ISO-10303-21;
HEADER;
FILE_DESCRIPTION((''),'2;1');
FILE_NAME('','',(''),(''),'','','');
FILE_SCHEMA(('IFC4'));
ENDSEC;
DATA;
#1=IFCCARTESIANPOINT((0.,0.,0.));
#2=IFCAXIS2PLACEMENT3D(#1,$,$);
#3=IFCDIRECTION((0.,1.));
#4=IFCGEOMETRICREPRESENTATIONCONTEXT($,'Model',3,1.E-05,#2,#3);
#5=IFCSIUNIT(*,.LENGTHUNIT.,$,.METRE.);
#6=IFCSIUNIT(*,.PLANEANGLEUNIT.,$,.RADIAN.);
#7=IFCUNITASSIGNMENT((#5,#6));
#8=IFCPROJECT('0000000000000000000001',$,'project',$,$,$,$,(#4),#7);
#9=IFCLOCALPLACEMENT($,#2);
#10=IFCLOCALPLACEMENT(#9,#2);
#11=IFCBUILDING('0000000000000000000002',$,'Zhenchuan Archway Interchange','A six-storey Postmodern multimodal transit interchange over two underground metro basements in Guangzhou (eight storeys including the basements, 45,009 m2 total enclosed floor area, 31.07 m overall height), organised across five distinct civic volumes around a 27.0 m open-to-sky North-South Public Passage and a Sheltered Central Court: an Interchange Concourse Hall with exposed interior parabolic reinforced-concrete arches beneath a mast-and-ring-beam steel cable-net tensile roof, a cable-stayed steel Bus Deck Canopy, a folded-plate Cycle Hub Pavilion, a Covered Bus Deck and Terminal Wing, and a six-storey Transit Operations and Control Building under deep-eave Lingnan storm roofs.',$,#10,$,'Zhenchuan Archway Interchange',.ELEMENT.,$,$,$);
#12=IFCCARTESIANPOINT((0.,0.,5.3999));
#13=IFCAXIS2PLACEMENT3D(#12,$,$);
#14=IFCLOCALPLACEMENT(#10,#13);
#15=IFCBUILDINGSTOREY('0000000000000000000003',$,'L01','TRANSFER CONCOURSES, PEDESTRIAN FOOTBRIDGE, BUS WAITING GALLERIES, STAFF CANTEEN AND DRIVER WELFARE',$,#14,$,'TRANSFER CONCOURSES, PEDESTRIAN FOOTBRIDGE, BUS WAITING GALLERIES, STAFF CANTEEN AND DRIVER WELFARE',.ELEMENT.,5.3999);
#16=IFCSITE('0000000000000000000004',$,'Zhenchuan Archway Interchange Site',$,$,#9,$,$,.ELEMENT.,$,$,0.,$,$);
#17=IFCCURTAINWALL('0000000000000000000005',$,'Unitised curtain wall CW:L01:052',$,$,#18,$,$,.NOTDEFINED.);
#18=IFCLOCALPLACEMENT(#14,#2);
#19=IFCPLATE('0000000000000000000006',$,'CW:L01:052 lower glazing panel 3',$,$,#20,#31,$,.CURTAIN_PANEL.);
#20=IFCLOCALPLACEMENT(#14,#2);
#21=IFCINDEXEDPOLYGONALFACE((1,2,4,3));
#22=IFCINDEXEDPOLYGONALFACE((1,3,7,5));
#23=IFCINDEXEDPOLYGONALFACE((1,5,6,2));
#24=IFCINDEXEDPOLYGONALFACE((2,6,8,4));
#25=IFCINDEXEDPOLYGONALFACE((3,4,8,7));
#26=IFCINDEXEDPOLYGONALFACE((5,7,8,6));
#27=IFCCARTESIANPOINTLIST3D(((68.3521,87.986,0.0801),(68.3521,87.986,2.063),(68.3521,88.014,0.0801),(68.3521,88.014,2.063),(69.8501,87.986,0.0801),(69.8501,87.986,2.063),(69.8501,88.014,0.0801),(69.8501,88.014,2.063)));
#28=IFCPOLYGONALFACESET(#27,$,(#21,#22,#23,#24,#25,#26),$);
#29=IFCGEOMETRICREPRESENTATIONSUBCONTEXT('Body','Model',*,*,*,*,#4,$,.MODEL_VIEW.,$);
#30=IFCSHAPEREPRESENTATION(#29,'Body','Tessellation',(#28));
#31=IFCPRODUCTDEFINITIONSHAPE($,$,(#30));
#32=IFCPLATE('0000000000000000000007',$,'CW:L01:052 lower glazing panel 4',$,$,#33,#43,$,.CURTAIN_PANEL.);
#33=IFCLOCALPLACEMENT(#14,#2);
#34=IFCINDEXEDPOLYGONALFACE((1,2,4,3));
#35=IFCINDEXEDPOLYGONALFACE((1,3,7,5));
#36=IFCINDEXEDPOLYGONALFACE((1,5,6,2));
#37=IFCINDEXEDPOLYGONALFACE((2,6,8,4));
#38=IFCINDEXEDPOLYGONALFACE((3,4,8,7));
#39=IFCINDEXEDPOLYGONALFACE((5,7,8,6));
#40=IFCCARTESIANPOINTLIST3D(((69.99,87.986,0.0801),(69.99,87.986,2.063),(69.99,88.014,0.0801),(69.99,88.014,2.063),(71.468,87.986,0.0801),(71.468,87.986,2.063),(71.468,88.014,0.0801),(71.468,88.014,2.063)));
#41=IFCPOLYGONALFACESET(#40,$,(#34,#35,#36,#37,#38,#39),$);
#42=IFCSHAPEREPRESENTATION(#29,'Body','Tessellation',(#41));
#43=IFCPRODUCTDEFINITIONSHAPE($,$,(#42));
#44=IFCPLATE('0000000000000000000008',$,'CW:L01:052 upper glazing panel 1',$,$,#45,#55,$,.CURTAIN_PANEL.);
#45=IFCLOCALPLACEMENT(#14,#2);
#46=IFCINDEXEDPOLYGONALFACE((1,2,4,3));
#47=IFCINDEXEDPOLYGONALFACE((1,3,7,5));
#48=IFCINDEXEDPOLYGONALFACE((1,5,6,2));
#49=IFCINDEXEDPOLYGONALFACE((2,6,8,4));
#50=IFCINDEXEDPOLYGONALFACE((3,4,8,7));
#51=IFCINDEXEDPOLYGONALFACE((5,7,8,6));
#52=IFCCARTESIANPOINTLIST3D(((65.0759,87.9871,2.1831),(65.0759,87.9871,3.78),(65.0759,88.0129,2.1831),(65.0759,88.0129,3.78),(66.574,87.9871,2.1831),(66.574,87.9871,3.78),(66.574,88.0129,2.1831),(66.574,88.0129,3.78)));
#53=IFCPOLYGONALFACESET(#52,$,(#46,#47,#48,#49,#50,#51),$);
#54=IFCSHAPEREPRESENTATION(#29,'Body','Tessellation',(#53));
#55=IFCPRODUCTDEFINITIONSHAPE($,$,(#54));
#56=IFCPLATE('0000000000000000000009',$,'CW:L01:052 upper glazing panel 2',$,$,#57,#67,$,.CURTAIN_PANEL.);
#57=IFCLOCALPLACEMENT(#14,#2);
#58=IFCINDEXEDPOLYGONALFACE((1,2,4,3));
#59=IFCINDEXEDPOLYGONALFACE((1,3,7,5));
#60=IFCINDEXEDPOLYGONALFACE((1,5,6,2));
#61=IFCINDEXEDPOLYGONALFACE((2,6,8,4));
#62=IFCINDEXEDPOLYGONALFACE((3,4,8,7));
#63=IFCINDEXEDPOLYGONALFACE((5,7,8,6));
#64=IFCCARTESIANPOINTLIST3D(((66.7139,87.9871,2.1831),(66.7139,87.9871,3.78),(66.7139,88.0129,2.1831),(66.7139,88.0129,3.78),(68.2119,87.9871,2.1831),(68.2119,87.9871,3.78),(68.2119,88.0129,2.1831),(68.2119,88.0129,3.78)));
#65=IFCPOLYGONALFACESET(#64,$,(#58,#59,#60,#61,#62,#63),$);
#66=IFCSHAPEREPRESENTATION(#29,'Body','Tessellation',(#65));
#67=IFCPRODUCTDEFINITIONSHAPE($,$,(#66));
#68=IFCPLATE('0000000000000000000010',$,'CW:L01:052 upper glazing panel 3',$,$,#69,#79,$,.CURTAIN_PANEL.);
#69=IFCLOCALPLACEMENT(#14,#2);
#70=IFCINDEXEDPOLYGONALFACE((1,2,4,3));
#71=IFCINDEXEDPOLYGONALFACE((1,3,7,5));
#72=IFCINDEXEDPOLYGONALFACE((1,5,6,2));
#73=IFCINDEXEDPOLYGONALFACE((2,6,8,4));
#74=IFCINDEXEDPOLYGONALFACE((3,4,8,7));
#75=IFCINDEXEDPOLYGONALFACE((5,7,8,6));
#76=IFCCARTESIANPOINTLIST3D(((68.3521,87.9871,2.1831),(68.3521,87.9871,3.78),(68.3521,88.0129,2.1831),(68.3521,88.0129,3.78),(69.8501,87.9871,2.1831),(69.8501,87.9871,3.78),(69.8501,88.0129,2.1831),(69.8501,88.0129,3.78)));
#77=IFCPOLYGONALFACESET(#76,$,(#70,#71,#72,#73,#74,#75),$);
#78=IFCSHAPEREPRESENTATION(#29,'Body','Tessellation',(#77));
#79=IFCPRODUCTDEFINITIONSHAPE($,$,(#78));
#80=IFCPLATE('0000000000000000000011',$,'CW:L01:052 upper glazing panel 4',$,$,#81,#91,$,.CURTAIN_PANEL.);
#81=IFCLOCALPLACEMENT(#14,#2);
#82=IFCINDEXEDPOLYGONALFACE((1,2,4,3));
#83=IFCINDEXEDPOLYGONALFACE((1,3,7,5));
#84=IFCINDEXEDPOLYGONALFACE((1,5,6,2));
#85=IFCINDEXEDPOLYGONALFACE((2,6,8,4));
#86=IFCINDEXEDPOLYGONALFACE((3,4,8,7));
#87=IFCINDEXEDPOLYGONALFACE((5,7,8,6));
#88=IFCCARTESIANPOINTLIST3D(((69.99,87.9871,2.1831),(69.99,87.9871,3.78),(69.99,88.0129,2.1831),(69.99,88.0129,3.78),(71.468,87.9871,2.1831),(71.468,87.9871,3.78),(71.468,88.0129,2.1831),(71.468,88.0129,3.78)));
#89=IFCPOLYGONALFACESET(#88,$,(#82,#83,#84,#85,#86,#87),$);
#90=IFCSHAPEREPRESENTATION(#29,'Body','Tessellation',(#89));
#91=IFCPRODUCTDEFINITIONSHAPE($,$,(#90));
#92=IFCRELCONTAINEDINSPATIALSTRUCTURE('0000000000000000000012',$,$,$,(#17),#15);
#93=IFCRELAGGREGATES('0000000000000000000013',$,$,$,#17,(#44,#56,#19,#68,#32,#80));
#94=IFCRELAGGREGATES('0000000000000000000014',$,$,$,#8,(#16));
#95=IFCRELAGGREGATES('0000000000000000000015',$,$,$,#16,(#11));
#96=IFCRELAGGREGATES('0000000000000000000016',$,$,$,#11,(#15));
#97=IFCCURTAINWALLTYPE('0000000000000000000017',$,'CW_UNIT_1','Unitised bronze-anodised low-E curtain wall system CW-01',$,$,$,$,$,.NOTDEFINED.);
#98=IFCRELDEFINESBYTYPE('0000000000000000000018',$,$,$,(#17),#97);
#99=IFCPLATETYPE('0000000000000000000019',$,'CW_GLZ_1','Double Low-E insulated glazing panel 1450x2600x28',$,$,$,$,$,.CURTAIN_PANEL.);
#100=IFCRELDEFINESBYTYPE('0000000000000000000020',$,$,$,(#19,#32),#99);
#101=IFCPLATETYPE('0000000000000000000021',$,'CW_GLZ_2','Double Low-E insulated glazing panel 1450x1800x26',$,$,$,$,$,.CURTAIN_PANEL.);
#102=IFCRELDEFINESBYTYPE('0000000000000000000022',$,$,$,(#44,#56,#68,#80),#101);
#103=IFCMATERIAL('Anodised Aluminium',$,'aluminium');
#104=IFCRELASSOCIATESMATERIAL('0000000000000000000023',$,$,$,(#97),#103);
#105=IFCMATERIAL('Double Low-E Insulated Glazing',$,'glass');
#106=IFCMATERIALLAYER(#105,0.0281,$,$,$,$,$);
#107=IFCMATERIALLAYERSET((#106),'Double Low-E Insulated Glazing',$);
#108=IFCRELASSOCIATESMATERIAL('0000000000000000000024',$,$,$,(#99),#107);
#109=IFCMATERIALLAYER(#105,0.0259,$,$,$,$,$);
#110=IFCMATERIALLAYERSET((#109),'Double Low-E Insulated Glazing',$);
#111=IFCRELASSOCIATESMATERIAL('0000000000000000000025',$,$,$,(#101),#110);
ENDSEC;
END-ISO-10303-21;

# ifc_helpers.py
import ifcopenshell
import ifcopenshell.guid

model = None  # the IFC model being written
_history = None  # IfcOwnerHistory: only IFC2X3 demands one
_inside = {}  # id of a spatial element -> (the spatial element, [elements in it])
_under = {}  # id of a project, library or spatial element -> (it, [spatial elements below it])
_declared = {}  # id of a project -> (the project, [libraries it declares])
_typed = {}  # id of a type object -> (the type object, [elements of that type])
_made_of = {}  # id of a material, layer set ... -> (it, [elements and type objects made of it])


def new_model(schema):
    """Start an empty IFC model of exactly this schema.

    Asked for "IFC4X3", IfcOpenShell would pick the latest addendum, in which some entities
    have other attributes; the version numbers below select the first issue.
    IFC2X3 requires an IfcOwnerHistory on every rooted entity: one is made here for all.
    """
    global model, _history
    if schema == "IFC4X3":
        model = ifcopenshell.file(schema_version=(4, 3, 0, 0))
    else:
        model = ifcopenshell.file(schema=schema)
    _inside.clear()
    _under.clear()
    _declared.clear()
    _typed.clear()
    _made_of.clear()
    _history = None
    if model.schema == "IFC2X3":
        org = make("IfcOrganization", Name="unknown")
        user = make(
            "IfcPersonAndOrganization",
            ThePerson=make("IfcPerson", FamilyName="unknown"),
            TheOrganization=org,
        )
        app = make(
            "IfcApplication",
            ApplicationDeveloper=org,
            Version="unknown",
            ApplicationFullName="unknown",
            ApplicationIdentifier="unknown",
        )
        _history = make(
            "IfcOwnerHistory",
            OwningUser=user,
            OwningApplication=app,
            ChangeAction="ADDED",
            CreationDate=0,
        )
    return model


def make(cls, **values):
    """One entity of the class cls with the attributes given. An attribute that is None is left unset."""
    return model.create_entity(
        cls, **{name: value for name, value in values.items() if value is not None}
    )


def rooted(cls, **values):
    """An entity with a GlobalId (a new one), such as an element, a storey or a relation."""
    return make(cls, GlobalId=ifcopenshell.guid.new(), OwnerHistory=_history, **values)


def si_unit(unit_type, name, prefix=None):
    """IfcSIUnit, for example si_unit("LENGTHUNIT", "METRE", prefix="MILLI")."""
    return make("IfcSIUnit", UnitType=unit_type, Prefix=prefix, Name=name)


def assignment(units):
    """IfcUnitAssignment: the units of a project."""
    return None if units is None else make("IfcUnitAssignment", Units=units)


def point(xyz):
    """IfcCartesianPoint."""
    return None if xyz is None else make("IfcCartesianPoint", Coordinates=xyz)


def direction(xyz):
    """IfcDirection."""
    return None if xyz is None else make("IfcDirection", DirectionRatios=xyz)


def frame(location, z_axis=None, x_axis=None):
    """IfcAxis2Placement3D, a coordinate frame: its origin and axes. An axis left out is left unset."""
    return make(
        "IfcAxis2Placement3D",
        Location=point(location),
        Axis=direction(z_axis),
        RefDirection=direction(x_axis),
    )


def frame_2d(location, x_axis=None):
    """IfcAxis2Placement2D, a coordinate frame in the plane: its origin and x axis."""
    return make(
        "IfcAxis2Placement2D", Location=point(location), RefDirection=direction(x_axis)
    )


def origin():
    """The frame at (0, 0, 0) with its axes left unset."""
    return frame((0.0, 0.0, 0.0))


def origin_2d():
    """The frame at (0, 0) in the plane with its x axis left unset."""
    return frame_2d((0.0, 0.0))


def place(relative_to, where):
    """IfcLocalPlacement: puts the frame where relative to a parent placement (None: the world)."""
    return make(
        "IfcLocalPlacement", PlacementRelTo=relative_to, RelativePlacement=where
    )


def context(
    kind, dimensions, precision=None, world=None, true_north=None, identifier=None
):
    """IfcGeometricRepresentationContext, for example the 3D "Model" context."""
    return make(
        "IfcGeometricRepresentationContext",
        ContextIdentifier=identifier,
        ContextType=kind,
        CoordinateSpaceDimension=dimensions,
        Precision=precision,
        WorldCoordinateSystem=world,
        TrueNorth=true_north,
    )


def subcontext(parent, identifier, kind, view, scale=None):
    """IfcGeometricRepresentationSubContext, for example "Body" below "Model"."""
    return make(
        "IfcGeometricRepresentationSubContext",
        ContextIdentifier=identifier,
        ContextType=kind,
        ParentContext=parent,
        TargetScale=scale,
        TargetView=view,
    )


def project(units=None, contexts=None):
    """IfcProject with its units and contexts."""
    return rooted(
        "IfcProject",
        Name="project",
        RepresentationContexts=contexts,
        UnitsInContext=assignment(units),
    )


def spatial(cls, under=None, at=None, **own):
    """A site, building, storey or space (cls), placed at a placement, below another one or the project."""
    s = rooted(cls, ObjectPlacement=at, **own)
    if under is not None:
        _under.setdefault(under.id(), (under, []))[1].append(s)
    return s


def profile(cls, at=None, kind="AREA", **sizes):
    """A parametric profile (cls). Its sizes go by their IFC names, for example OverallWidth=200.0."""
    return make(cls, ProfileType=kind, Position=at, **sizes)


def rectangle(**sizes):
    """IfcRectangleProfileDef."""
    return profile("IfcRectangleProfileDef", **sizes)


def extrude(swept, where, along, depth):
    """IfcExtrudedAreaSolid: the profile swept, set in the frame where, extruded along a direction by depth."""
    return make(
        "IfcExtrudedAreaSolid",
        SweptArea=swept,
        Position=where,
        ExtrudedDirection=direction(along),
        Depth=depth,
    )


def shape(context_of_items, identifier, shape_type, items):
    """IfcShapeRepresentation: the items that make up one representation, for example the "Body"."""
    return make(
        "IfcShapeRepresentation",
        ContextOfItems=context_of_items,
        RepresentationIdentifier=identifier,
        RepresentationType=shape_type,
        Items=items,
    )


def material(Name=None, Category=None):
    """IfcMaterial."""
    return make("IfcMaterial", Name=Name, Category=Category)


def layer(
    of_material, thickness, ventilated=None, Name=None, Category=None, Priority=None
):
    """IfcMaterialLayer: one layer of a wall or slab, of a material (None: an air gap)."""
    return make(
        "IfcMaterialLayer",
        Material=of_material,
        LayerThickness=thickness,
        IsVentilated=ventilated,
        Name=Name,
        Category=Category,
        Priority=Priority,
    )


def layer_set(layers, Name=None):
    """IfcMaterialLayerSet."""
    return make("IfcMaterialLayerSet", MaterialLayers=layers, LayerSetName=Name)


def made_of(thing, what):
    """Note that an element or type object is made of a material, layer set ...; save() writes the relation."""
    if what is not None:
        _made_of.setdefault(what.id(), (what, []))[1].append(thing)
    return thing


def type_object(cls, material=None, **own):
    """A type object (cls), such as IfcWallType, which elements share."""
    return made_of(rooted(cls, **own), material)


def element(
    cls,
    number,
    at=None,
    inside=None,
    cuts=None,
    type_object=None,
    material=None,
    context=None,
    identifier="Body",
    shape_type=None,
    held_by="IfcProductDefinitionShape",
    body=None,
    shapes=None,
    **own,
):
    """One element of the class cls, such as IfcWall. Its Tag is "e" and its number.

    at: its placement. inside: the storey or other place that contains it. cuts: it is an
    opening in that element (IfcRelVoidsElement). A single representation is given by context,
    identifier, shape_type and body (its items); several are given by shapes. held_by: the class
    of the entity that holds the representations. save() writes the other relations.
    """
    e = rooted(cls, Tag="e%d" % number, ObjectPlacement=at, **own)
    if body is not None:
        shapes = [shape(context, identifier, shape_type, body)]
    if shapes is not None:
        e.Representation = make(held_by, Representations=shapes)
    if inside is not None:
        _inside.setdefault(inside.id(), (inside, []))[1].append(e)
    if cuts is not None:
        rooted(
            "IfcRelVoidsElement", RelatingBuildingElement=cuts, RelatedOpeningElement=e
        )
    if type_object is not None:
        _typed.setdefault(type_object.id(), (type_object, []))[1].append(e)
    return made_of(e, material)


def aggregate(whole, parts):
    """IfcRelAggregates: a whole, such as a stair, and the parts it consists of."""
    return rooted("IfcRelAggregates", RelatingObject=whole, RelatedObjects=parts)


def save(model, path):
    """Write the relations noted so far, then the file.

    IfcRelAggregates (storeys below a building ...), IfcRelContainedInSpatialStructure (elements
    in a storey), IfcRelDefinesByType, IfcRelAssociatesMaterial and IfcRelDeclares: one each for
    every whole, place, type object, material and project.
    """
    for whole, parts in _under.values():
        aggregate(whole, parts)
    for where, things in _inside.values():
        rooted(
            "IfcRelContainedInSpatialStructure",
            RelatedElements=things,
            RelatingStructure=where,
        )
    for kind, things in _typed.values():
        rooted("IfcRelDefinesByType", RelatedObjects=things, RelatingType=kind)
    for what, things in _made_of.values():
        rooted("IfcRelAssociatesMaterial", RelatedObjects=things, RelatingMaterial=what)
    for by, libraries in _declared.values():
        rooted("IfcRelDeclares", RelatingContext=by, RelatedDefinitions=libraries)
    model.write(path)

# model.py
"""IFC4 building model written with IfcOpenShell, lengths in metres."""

from ifc_helpers import new_model, si_unit, direction, frame, origin, origin_2d, place, context, subcontext, project, spatial, rectangle, extrude, material, layer, layer_set, type_object, element, aggregate, save


model = new_model("IFC4")

# Units and contexts
model_context = context("Model", 3, precision=1e-05, world=origin(), true_north=direction((0.0, 1.0)))
body_context = subcontext(model_context, "Body", "Model", "MODEL_VIEW")
ifc_project = project(units=[si_unit("LENGTHUNIT", "METRE"), si_unit("PLANEANGLEUNIT", "RADIAN")], contexts=[model_context])

# Site, building, storey
site_placement = place(None, origin())
site = spatial("IfcSite", under=ifc_project, at=site_placement, Name="Zhenchuan Archway Interchange Site", CompositionType="ELEMENT", RefElevation=0.0)
building_placement = place(site_placement, origin())
building = spatial("IfcBuilding", under=site, at=building_placement, Name="Zhenchuan Archway Interchange", Description="A six-storey Postmodern multimodal transit interchange over two underground metro basements in Guangzhou (eight storeys including the basements, 45,009 m2 total enclosed floor area, 31.07 m overall height), organised across five distinct civic volumes around a 27.0 m open-to-sky North-South Public Passage and a Sheltered Central Court: an Interchange Concourse Hall with exposed interior parabolic reinforced-concrete arches beneath a mast-and-ring-beam steel cable-net tensile roof, a cable-stayed steel Bus Deck Canopy, a folded-plate Cycle Hub Pavilion, a Covered Bus Deck and Terminal Wing, and a six-storey Transit Operations and Control Building under deep-eave Lingnan storm roofs.", LongName="Zhenchuan Archway Interchange", CompositionType="ELEMENT")
storey_placement = place(building_placement, frame((0.0, 0.0, 5.3999)))
storey = spatial("IfcBuildingStorey", under=building, at=storey_placement, Name="L01", Description="TRANSFER CONCOURSES, PEDESTRIAN FOOTBRIDGE, BUS WAITING GALLERIES, STAFF CANTEEN AND DRIVER WELFARE", LongName="TRANSFER CONCOURSES, PEDESTRIAN FOOTBRIDGE, BUS WAITING GALLERIES, STAFF CANTEEN AND DRIVER WELFARE", CompositionType="ELEMENT", Elevation=5.3999)

# Curtain wall
ifc_material_1 = material(Name="Anodised Aluminium", Category="aluminium")
curtain_wall_type = type_object("IfcCurtainWallType", Name="CW_UNIT_1", Description="Unitised bronze-anodised low-E curtain wall system CW-01", PredefinedType="NOTDEFINED", material=ifc_material_1)
curtain_wall_placement = place(storey_placement, origin())
curtain_wall = element("IfcCurtainWall", 1, at=curtain_wall_placement, inside=storey, type_object=curtain_wall_type, Name="Unitised curtain wall CW:L01:052", PredefinedType="NOTDEFINED")

# Plates
ifc_material_2 = material(Name="Double Low-E Insulated Glazing", Category="glass")
ifc_layer_1 = layer(ifc_material_2, 0.0281)
ifc_layer_set_1 = layer_set([ifc_layer_1], Name="Double Low-E Insulated Glazing")
plate_type_1 = type_object("IfcPlateType", Name="CW_GLZ_1", Description="Double Low-E insulated glazing panel 1450x2600x28", PredefinedType="CURTAIN_PANEL", material=ifc_layer_set_1)
plate_1_placement = place(storey_placement, frame((69.1011, 88.0, 0.0801), z_axis=(0.0, 0.0, 1.0), x_axis=(1.0, 0.0, 0.0)))
plate_1 = element("IfcPlate", 2, at=plate_1_placement, type_object=plate_type_1, Name="CW:L01:052 lower glazing panel 3", PredefinedType="CURTAIN_PANEL", context=body_context, shape_type="SweptSolid", body=[
    extrude(rectangle(XDim=1.498, YDim=0.0281, at=origin_2d()), origin(), (0.0, 0.0, 1.0), 1.9829),
])
plate_2_placement = place(storey_placement, frame((70.729, 88.0, 0.0801), z_axis=(0.0, 0.0, 1.0), x_axis=(1.0, 0.0, 0.0)))
plate_2 = element("IfcPlate", 3, at=plate_2_placement, type_object=plate_type_1, Name="CW:L01:052 lower glazing panel 4", PredefinedType="CURTAIN_PANEL", context=body_context, shape_type="SweptSolid", body=[
    extrude(rectangle(XDim=1.478, YDim=0.0281, at=origin_2d()), origin(), (0.0, 0.0, 1.0), 1.9829),
])
ifc_layer_2 = layer(ifc_material_2, 0.0259)
ifc_layer_set_2 = layer_set([ifc_layer_2], Name="Double Low-E Insulated Glazing")
plate_type_2 = type_object("IfcPlateType", Name="CW_GLZ_2", Description="Double Low-E insulated glazing panel 1450x1800x26", PredefinedType="CURTAIN_PANEL", material=ifc_layer_set_2)
plate_3_placement = place(storey_placement, frame((65.825, 88.0, 2.1831), z_axis=(0.0, 0.0, 1.0), x_axis=(1.0, 0.0, 0.0)))
plate_3 = element("IfcPlate", 4, at=plate_3_placement, type_object=plate_type_2, Name="CW:L01:052 upper glazing panel 1", PredefinedType="CURTAIN_PANEL", context=body_context, shape_type="SweptSolid", body=[
    extrude(rectangle(XDim=1.498, YDim=0.0259, at=origin_2d()), origin(), (0.0, 0.0, 1.0), 1.5969),
])
plate_4_placement = place(storey_placement, frame((67.4629, 88.0, 2.1831), z_axis=(0.0, 0.0, 1.0), x_axis=(1.0, 0.0, 0.0)))
plate_4 = element("IfcPlate", 5, at=plate_4_placement, type_object=plate_type_2, Name="CW:L01:052 upper glazing panel 2", PredefinedType="CURTAIN_PANEL", context=body_context, shape_type="SweptSolid", body=[
    extrude(rectangle(XDim=1.498, YDim=0.0259, at=origin_2d()), origin(), (0.0, 0.0, 1.0), 1.5969),
])
plate_5_placement = place(storey_placement, frame((69.1011, 88.0, 2.1831), z_axis=(0.0, 0.0, 1.0), x_axis=(1.0, 0.0, 0.0)))
plate_5 = element("IfcPlate", 6, at=plate_5_placement, type_object=plate_type_2, Name="CW:L01:052 upper glazing panel 3", PredefinedType="CURTAIN_PANEL", context=body_context, shape_type="SweptSolid", body=[
    extrude(rectangle(XDim=1.498, YDim=0.0259, at=origin_2d()), origin(), (0.0, 0.0, 1.0), 1.5969),
])
plate_6_placement = place(storey_placement, frame((70.729, 88.0, 2.1831), z_axis=(0.0, 0.0, 1.0), x_axis=(1.0, 0.0, 0.0)))
plate_6 = element("IfcPlate", 7, at=plate_6_placement, type_object=plate_type_2, Name="CW:L01:052 upper glazing panel 4", PredefinedType="CURTAIN_PANEL", context=body_context, shape_type="SweptSolid", body=[
    extrude(rectangle(XDim=1.478, YDim=0.0259, at=origin_2d()), origin(), (0.0, 0.0, 1.0), 1.5969),
])
aggregate(curtain_wall, [plate_3, plate_4, plate_1, plate_5, plate_2, plate_6])

save(model, "model.ifc")
